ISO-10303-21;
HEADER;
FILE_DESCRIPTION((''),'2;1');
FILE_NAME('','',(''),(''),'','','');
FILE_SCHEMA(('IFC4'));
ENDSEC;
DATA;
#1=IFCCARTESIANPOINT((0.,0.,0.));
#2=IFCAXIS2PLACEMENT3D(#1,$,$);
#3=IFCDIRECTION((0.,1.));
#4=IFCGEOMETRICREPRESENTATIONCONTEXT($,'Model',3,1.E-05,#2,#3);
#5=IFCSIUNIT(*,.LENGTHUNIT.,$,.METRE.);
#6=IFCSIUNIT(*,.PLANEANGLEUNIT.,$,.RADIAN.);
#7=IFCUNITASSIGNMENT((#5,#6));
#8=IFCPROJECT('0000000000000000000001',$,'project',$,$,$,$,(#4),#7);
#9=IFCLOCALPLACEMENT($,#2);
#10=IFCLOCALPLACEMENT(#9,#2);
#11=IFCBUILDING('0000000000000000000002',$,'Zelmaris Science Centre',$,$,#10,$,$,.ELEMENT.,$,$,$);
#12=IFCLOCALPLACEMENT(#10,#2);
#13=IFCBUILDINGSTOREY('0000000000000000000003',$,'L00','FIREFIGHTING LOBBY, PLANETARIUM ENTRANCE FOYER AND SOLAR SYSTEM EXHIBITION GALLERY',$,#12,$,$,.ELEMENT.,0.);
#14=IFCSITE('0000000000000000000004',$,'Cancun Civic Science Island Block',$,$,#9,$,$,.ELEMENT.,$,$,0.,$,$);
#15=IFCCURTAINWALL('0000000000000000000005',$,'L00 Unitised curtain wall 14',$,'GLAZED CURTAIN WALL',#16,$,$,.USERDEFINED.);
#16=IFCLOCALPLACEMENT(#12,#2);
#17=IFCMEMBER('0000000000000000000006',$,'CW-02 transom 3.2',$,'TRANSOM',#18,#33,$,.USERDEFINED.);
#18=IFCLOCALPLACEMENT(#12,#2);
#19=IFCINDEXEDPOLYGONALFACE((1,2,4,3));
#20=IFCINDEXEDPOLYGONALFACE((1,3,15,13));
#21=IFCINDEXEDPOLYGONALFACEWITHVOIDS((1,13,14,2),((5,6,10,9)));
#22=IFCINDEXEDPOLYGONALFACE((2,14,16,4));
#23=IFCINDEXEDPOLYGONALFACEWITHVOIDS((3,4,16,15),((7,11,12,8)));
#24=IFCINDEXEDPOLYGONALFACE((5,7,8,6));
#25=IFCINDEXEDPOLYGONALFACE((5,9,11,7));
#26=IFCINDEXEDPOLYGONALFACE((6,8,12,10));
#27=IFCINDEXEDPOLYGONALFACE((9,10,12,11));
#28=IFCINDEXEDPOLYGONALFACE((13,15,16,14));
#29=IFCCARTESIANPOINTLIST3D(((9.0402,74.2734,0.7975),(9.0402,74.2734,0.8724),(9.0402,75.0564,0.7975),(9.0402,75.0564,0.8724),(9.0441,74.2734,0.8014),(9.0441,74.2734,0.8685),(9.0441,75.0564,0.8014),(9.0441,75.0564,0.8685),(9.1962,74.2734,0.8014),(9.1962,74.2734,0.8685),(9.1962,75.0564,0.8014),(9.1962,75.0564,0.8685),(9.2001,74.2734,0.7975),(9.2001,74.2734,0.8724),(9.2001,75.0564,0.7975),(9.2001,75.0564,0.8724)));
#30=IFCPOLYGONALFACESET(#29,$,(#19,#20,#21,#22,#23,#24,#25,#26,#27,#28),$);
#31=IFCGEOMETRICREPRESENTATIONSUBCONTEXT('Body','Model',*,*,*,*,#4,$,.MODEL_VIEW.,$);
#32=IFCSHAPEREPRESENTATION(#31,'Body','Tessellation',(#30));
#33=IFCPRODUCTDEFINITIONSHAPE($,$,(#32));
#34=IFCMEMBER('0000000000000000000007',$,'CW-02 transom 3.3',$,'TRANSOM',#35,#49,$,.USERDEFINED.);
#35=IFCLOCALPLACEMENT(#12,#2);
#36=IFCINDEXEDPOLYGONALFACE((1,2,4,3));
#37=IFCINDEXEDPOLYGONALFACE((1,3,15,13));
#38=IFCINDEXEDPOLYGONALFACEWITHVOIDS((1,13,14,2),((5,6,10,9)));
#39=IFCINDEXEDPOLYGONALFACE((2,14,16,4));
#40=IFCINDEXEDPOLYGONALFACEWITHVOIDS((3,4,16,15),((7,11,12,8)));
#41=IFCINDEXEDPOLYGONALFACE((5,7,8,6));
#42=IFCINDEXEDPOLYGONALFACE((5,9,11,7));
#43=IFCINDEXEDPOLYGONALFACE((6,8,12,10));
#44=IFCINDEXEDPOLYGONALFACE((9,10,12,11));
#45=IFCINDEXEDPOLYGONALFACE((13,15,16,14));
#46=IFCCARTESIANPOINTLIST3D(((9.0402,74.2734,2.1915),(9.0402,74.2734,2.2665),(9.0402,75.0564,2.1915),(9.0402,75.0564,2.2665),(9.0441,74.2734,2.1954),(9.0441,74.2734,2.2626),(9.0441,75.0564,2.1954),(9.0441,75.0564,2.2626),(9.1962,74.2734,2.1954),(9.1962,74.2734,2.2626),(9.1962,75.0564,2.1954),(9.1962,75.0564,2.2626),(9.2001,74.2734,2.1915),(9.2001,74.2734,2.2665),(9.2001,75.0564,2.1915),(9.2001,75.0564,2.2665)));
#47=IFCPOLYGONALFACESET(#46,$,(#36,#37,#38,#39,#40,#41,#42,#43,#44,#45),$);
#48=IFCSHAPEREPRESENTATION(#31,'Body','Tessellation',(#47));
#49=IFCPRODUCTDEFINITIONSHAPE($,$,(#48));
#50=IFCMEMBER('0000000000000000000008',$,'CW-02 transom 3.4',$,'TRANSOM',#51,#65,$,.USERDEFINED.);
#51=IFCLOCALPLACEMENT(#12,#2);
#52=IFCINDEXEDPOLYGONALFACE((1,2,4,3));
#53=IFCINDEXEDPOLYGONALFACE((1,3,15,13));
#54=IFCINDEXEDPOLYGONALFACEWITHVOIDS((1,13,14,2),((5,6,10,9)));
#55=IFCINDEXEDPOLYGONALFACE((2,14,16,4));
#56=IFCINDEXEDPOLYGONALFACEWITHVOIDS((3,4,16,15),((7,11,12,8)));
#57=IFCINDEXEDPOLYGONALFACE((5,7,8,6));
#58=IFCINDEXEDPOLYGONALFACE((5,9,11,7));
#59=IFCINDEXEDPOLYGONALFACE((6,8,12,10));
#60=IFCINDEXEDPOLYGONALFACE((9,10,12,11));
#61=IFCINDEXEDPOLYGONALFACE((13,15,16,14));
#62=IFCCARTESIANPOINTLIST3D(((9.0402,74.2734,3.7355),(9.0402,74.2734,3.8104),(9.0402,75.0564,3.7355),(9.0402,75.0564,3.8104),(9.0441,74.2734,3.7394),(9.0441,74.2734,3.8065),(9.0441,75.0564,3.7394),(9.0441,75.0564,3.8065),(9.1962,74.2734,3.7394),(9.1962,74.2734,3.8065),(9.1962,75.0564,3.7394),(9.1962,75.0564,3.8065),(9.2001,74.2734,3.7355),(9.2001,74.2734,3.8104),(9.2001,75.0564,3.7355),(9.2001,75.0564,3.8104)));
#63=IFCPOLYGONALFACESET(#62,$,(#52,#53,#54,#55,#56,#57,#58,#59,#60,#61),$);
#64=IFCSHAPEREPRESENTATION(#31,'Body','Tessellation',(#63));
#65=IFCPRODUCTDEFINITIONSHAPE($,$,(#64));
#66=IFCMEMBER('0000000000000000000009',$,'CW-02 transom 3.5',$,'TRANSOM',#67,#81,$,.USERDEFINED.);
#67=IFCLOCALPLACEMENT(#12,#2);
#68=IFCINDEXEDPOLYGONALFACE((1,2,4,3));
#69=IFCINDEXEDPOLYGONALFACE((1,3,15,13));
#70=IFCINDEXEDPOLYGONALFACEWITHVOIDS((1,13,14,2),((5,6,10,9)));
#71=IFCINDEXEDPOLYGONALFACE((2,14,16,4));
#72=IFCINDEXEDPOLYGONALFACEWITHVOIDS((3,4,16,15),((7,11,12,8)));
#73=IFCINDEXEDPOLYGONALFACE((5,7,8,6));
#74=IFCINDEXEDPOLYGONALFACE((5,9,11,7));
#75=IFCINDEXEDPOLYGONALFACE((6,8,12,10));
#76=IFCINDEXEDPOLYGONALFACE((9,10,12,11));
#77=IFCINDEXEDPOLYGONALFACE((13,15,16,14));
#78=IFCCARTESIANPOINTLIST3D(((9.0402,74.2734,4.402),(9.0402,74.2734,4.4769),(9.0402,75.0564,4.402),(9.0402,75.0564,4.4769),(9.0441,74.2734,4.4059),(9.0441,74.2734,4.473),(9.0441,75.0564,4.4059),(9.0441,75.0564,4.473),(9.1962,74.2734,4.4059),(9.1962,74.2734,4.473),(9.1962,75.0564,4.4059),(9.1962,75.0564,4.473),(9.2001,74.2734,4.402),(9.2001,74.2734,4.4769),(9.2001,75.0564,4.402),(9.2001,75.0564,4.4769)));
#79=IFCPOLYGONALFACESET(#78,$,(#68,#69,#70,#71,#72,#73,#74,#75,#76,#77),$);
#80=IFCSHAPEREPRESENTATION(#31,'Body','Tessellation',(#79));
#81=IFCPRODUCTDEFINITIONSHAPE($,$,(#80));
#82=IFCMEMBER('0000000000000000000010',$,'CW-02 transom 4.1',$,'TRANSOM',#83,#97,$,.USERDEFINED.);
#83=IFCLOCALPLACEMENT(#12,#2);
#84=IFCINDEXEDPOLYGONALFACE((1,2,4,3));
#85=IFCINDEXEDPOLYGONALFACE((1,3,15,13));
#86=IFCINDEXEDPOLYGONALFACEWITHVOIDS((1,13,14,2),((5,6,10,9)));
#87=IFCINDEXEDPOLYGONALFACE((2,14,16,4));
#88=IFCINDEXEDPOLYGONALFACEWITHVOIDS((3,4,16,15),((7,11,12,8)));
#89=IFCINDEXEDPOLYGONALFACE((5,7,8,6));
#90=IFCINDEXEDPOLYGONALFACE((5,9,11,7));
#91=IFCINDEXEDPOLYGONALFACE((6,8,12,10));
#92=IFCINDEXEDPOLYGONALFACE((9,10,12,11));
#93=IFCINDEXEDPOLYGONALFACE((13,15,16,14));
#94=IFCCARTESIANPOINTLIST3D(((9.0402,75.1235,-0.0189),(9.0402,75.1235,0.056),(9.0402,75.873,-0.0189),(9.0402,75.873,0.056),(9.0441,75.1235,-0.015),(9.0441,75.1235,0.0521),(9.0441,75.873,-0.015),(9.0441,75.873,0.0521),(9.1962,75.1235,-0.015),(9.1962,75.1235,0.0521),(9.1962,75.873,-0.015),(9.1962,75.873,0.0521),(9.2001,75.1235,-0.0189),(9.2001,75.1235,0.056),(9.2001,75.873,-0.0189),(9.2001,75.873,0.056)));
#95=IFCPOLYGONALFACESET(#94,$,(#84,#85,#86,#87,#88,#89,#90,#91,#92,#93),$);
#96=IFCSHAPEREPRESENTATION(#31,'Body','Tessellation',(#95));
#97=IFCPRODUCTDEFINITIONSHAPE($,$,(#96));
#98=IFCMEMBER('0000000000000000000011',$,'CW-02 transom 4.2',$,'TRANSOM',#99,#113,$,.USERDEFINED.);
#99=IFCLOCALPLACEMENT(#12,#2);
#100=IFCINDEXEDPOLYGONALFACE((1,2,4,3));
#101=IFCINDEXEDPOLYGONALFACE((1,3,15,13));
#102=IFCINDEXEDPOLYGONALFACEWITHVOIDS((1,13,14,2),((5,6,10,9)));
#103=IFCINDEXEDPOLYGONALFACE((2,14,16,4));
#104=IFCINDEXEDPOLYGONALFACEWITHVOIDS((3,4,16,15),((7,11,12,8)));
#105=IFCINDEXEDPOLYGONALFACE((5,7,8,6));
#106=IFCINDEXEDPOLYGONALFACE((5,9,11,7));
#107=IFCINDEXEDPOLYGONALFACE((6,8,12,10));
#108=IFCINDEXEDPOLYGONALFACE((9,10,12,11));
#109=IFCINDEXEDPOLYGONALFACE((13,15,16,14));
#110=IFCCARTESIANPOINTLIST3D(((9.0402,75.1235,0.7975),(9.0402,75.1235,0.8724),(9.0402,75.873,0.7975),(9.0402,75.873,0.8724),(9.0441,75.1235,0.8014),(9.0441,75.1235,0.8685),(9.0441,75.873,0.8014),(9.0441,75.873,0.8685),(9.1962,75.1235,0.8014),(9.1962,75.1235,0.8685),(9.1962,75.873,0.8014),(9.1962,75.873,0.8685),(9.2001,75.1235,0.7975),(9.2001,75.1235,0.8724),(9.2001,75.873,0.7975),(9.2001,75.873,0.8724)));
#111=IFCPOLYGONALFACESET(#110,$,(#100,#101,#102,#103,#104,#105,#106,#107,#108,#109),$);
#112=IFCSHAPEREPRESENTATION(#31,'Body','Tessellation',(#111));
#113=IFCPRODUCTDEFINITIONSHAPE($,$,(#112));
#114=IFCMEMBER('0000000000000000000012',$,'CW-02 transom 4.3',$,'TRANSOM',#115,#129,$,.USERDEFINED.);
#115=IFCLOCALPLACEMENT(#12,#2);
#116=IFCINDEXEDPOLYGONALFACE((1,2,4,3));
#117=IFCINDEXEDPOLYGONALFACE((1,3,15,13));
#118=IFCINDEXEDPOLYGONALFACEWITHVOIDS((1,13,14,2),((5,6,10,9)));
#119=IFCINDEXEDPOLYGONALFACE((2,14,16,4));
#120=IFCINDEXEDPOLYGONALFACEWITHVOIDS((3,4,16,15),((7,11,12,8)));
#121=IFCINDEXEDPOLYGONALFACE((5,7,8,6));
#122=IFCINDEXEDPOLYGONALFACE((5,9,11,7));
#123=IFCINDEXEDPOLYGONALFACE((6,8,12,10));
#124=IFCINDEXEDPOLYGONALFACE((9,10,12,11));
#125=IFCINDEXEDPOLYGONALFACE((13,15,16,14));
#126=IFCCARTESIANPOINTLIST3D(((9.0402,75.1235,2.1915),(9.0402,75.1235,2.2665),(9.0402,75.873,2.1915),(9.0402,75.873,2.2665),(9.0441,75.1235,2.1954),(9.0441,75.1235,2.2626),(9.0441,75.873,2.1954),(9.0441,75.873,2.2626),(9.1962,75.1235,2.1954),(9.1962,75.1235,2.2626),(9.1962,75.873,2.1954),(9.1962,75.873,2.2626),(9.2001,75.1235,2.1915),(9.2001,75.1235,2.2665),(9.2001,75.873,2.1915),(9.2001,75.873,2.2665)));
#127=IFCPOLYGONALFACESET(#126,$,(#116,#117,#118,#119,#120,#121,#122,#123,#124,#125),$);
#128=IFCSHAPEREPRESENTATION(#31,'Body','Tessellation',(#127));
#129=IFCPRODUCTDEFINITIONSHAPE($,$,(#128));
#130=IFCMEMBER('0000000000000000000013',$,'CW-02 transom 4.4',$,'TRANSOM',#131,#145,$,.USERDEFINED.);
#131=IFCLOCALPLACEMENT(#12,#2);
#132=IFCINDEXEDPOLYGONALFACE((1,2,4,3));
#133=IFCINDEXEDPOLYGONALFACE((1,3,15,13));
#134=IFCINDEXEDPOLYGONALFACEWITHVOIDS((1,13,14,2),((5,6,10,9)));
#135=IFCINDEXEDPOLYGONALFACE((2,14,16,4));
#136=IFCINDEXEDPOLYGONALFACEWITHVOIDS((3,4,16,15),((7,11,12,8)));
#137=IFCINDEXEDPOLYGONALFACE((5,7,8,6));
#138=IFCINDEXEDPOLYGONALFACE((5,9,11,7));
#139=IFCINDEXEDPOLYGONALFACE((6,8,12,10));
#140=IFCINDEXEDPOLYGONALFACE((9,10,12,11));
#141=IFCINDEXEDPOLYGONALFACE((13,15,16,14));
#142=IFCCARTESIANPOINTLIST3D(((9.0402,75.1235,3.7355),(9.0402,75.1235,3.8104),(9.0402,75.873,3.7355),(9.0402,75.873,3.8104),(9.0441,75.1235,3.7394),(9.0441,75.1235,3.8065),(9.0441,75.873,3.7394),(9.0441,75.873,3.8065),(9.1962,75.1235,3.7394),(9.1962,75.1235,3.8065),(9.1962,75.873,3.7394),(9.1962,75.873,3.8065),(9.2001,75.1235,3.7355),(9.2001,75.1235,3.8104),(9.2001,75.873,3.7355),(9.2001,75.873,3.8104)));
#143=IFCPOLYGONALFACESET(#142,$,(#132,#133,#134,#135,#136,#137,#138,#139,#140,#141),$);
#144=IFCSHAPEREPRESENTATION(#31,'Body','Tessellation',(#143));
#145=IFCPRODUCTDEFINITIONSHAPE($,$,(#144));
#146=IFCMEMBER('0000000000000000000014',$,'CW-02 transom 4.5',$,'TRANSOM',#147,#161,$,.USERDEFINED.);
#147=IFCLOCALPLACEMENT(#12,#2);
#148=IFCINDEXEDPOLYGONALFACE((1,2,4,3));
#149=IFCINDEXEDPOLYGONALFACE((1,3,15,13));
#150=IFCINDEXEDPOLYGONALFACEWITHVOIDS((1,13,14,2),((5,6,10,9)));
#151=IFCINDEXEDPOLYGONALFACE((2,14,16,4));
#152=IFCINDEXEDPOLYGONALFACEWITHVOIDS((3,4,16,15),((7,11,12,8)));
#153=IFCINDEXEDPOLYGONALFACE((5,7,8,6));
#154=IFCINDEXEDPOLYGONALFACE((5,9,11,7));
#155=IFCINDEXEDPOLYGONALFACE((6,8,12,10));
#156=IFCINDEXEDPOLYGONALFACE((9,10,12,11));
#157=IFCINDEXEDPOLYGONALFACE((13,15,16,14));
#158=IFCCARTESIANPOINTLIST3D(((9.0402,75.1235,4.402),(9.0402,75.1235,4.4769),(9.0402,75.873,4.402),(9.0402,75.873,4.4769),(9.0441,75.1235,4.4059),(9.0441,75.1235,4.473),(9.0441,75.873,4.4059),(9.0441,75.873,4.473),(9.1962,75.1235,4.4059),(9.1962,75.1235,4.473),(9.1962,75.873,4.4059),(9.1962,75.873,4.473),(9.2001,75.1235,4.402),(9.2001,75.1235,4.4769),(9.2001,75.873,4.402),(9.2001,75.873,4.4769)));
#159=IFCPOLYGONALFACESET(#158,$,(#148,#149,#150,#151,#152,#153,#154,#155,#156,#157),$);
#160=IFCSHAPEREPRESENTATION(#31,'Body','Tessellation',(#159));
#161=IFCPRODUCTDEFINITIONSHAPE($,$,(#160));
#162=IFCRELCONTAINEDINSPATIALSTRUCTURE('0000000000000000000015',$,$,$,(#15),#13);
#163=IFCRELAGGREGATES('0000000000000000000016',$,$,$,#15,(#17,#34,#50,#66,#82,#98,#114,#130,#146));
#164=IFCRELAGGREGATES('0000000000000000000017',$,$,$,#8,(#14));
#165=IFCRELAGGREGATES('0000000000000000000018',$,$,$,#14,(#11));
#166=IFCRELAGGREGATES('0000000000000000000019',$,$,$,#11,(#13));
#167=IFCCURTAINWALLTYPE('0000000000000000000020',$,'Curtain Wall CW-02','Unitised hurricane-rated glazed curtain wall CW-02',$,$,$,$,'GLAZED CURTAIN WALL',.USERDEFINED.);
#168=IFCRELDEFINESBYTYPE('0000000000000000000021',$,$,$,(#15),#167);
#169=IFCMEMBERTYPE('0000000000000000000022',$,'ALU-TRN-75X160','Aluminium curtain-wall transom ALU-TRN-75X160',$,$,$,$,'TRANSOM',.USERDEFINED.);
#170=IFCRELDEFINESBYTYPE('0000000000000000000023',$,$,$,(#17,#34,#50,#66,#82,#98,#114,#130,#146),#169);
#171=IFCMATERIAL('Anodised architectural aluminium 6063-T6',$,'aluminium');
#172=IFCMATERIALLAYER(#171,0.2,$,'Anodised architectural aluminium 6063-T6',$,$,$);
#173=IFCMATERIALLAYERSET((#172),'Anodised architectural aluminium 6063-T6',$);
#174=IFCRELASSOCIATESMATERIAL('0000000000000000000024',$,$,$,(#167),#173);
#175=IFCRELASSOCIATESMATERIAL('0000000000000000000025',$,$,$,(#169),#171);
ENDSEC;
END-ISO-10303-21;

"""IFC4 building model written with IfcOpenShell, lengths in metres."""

from ifc_helpers import new_model, si_unit, direction, frame, origin, origin_2d, place, context, subcontext, project, spatial, hollow_rectangle, extrude, material, layer, layer_set, material_profile, profile_set, type_object, element, aggregate, save


model = new_model("IFC4")

# Units and contexts
model_context = context("Model", 3, precision=1e-05, world=origin(), true_north=direction((0.0, 1.0)))
body_context = subcontext(model_context, "Body", "Model", "MODEL_VIEW")
ifc_project = project(units=[si_unit("LENGTHUNIT", "METRE"), si_unit("PLANEANGLEUNIT", "RADIAN")], contexts=[model_context])

# Site, building, storey
site_placement = place(None, origin())
site = spatial("IfcSite", under=ifc_project, at=site_placement, Name="Cancun Civic Science Island Block", CompositionType="ELEMENT", RefElevation=0.0)
building_placement = place(site_placement, origin())
building = spatial("IfcBuilding", under=site, at=building_placement, Name="Zelmaris Science Centre", CompositionType="ELEMENT")
storey_placement = place(building_placement, origin())
storey = spatial("IfcBuildingStorey", under=building, at=storey_placement, Name="L00", Description="FIREFIGHTING LOBBY, PLANETARIUM ENTRANCE FOYER AND SOLAR SYSTEM EXHIBITION GALLERY", CompositionType="ELEMENT", Elevation=0.0)

# Curtain wall, members
ifc_material_1 = material(Name="Anodised architectural aluminium 6063-T6", Category="aluminium")
ifc_layer_1 = layer(ifc_material_1, 0.2, Name="Anodised architectural aluminium 6063-T6")
ifc_layer_set_1 = layer_set([ifc_layer_1], Name="Anodised architectural aluminium 6063-T6")
curtain_wall_type = type_object("IfcCurtainWallType", Name="Curtain Wall CW-02", Description="Unitised hurricane-rated glazed curtain wall CW-02", ElementType="GLAZED CURTAIN WALL", PredefinedType="USERDEFINED", material=ifc_layer_set_1)
curtain_wall_placement = place(storey_placement, origin())
curtain_wall = element("IfcCurtainWall", 1, at=curtain_wall_placement, inside=storey, type_object=curtain_wall_type, Name="L00 Unitised curtain wall 14", ObjectType="GLAZED CURTAIN WALL", PredefinedType="USERDEFINED")
ifc_material_profile_1 = material_profile(ifc_material_1, hollow_rectangle(XDim=0.075, YDim=0.1599, WallThickness=0.0039, at=origin_2d()), Name="ALU-TRN-75X160")
ifc_profile_set_1 = profile_set([ifc_material_profile_1], Name="Anodised architectural aluminium 6063-T6")
member_type_1 = type_object("IfcMemberType", Name="ALU-TRN-75X160", Description="Aluminium curtain-wall transom ALU-TRN-75X160", ElementType="TRANSOM", PredefinedType="USERDEFINED", material=ifc_profile_set_1)
member_1_placement = place(storey_placement, frame((9.1201, 74.2734, 0.835), z_axis=(0.0, 1.0, 0.0), x_axis=(0.0, 0.0, 1.0)))
member_1 = element("IfcMember", 2, at=member_1_placement, type_object=member_type_1, Name="CW-02 transom 3.2", ObjectType="TRANSOM", PredefinedType="USERDEFINED", context=body_context, shape_type="SweptSolid", body=[
    extrude(hollow_rectangle(XDim=0.075, YDim=0.1599, WallThickness=0.0039, at=origin_2d()), origin(), (0.0, 0.0, 1.0), 0.783),
])
member_2_placement = place(storey_placement, frame((9.1201, 74.2734, 2.229), z_axis=(0.0, 1.0, 0.0), x_axis=(0.0, 0.0, 1.0)))
member_2 = element("IfcMember", 3, at=member_2_placement, type_object=member_type_1, Name="CW-02 transom 3.3", ObjectType="TRANSOM", PredefinedType="USERDEFINED", context=body_context, shape_type="SweptSolid", body=[
    extrude(hollow_rectangle(XDim=0.075, YDim=0.1599, WallThickness=0.0039, at=origin_2d()), origin(), (0.0, 0.0, 1.0), 0.783),
])
member_3_placement = place(storey_placement, frame((9.1201, 74.2734, 3.7729), z_axis=(0.0, 1.0, 0.0), x_axis=(0.0, 0.0, 1.0)))
member_3 = element("IfcMember", 4, at=member_3_placement, type_object=member_type_1, Name="CW-02 transom 3.4", ObjectType="TRANSOM", PredefinedType="USERDEFINED", context=body_context, shape_type="SweptSolid", body=[
    extrude(hollow_rectangle(XDim=0.075, YDim=0.1599, WallThickness=0.0039, at=origin_2d()), origin(), (0.0, 0.0, 1.0), 0.783),
])
member_4_placement = place(storey_placement, frame((9.1201, 74.2734, 4.4395), z_axis=(0.0, 1.0, 0.0), x_axis=(0.0, 0.0, 1.0)))
member_4 = element("IfcMember", 5, at=member_4_placement, type_object=member_type_1, Name="CW-02 transom 3.5", ObjectType="TRANSOM", PredefinedType="USERDEFINED", context=body_context, shape_type="SweptSolid", body=[
    extrude(hollow_rectangle(XDim=0.075, YDim=0.1599, WallThickness=0.0039, at=origin_2d()), origin(), (0.0, 0.0, 1.0), 0.783),
])
member_5_placement = place(storey_placement, frame((9.1201, 75.1235, 0.0186), z_axis=(0.0, 1.0, 0.0), x_axis=(0.0, 0.0, 1.0)))
member_5 = element("IfcMember", 6, at=member_5_placement, type_object=member_type_1, Name="CW-02 transom 4.1", ObjectType="TRANSOM", PredefinedType="USERDEFINED", context=body_context, shape_type="SweptSolid", body=[
    extrude(hollow_rectangle(XDim=0.075, YDim=0.1599, WallThickness=0.0039, at=origin_2d()), origin(), (0.0, 0.0, 1.0), 0.7495),
])
member_6_placement = place(storey_placement, frame((9.1201, 75.1235, 0.835), z_axis=(0.0, 1.0, 0.0), x_axis=(0.0, 0.0, 1.0)))
member_6 = element("IfcMember", 7, at=member_6_placement, type_object=member_type_1, Name="CW-02 transom 4.2", ObjectType="TRANSOM", PredefinedType="USERDEFINED", context=body_context, shape_type="SweptSolid", body=[
    extrude(hollow_rectangle(XDim=0.075, YDim=0.1599, WallThickness=0.0039, at=origin_2d()), origin(), (0.0, 0.0, 1.0), 0.7495),
])
member_7_placement = place(storey_placement, frame((9.1201, 75.1235, 2.229), z_axis=(0.0, 1.0, 0.0), x_axis=(0.0, 0.0, 1.0)))
member_7 = element("IfcMember", 8, at=member_7_placement, type_object=member_type_1, Name="CW-02 transom 4.3", ObjectType="TRANSOM", PredefinedType="USERDEFINED", context=body_context, shape_type="SweptSolid", body=[
    extrude(hollow_rectangle(XDim=0.075, YDim=0.1599, WallThickness=0.0039, at=origin_2d()), origin(), (0.0, 0.0, 1.0), 0.7495),
])
member_8_placement = place(storey_placement, frame((9.1201, 75.1235, 3.7729), z_axis=(0.0, 1.0, 0.0), x_axis=(0.0, 0.0, 1.0)))
member_8 = element("IfcMember", 9, at=member_8_placement, type_object=member_type_1, Name="CW-02 transom 4.4", ObjectType="TRANSOM", PredefinedType="USERDEFINED", context=body_context, shape_type="SweptSolid", body=[
    extrude(hollow_rectangle(XDim=0.075, YDim=0.1599, WallThickness=0.0039, at=origin_2d()), origin(), (0.0, 0.0, 1.0), 0.7495),
])
member_9_placement = place(storey_placement, frame((9.1201, 75.1235, 4.4395), z_axis=(0.0, 1.0, 0.0), x_axis=(0.0, 0.0, 1.0)))
member_9 = element("IfcMember", 10, at=member_9_placement, type_object=member_type_1, Name="CW-02 transom 4.5", ObjectType="TRANSOM", PredefinedType="USERDEFINED", context=body_context, shape_type="SweptSolid", body=[
    extrude(hollow_rectangle(XDim=0.075, YDim=0.1599, WallThickness=0.0039, at=origin_2d()), origin(), (0.0, 0.0, 1.0), 0.7495),
])

aggregate(curtain_wall, [member_1, member_2, member_3, member_4, member_5, member_6, member_7, member_8, member_9])

save(model, "model.ifc")
